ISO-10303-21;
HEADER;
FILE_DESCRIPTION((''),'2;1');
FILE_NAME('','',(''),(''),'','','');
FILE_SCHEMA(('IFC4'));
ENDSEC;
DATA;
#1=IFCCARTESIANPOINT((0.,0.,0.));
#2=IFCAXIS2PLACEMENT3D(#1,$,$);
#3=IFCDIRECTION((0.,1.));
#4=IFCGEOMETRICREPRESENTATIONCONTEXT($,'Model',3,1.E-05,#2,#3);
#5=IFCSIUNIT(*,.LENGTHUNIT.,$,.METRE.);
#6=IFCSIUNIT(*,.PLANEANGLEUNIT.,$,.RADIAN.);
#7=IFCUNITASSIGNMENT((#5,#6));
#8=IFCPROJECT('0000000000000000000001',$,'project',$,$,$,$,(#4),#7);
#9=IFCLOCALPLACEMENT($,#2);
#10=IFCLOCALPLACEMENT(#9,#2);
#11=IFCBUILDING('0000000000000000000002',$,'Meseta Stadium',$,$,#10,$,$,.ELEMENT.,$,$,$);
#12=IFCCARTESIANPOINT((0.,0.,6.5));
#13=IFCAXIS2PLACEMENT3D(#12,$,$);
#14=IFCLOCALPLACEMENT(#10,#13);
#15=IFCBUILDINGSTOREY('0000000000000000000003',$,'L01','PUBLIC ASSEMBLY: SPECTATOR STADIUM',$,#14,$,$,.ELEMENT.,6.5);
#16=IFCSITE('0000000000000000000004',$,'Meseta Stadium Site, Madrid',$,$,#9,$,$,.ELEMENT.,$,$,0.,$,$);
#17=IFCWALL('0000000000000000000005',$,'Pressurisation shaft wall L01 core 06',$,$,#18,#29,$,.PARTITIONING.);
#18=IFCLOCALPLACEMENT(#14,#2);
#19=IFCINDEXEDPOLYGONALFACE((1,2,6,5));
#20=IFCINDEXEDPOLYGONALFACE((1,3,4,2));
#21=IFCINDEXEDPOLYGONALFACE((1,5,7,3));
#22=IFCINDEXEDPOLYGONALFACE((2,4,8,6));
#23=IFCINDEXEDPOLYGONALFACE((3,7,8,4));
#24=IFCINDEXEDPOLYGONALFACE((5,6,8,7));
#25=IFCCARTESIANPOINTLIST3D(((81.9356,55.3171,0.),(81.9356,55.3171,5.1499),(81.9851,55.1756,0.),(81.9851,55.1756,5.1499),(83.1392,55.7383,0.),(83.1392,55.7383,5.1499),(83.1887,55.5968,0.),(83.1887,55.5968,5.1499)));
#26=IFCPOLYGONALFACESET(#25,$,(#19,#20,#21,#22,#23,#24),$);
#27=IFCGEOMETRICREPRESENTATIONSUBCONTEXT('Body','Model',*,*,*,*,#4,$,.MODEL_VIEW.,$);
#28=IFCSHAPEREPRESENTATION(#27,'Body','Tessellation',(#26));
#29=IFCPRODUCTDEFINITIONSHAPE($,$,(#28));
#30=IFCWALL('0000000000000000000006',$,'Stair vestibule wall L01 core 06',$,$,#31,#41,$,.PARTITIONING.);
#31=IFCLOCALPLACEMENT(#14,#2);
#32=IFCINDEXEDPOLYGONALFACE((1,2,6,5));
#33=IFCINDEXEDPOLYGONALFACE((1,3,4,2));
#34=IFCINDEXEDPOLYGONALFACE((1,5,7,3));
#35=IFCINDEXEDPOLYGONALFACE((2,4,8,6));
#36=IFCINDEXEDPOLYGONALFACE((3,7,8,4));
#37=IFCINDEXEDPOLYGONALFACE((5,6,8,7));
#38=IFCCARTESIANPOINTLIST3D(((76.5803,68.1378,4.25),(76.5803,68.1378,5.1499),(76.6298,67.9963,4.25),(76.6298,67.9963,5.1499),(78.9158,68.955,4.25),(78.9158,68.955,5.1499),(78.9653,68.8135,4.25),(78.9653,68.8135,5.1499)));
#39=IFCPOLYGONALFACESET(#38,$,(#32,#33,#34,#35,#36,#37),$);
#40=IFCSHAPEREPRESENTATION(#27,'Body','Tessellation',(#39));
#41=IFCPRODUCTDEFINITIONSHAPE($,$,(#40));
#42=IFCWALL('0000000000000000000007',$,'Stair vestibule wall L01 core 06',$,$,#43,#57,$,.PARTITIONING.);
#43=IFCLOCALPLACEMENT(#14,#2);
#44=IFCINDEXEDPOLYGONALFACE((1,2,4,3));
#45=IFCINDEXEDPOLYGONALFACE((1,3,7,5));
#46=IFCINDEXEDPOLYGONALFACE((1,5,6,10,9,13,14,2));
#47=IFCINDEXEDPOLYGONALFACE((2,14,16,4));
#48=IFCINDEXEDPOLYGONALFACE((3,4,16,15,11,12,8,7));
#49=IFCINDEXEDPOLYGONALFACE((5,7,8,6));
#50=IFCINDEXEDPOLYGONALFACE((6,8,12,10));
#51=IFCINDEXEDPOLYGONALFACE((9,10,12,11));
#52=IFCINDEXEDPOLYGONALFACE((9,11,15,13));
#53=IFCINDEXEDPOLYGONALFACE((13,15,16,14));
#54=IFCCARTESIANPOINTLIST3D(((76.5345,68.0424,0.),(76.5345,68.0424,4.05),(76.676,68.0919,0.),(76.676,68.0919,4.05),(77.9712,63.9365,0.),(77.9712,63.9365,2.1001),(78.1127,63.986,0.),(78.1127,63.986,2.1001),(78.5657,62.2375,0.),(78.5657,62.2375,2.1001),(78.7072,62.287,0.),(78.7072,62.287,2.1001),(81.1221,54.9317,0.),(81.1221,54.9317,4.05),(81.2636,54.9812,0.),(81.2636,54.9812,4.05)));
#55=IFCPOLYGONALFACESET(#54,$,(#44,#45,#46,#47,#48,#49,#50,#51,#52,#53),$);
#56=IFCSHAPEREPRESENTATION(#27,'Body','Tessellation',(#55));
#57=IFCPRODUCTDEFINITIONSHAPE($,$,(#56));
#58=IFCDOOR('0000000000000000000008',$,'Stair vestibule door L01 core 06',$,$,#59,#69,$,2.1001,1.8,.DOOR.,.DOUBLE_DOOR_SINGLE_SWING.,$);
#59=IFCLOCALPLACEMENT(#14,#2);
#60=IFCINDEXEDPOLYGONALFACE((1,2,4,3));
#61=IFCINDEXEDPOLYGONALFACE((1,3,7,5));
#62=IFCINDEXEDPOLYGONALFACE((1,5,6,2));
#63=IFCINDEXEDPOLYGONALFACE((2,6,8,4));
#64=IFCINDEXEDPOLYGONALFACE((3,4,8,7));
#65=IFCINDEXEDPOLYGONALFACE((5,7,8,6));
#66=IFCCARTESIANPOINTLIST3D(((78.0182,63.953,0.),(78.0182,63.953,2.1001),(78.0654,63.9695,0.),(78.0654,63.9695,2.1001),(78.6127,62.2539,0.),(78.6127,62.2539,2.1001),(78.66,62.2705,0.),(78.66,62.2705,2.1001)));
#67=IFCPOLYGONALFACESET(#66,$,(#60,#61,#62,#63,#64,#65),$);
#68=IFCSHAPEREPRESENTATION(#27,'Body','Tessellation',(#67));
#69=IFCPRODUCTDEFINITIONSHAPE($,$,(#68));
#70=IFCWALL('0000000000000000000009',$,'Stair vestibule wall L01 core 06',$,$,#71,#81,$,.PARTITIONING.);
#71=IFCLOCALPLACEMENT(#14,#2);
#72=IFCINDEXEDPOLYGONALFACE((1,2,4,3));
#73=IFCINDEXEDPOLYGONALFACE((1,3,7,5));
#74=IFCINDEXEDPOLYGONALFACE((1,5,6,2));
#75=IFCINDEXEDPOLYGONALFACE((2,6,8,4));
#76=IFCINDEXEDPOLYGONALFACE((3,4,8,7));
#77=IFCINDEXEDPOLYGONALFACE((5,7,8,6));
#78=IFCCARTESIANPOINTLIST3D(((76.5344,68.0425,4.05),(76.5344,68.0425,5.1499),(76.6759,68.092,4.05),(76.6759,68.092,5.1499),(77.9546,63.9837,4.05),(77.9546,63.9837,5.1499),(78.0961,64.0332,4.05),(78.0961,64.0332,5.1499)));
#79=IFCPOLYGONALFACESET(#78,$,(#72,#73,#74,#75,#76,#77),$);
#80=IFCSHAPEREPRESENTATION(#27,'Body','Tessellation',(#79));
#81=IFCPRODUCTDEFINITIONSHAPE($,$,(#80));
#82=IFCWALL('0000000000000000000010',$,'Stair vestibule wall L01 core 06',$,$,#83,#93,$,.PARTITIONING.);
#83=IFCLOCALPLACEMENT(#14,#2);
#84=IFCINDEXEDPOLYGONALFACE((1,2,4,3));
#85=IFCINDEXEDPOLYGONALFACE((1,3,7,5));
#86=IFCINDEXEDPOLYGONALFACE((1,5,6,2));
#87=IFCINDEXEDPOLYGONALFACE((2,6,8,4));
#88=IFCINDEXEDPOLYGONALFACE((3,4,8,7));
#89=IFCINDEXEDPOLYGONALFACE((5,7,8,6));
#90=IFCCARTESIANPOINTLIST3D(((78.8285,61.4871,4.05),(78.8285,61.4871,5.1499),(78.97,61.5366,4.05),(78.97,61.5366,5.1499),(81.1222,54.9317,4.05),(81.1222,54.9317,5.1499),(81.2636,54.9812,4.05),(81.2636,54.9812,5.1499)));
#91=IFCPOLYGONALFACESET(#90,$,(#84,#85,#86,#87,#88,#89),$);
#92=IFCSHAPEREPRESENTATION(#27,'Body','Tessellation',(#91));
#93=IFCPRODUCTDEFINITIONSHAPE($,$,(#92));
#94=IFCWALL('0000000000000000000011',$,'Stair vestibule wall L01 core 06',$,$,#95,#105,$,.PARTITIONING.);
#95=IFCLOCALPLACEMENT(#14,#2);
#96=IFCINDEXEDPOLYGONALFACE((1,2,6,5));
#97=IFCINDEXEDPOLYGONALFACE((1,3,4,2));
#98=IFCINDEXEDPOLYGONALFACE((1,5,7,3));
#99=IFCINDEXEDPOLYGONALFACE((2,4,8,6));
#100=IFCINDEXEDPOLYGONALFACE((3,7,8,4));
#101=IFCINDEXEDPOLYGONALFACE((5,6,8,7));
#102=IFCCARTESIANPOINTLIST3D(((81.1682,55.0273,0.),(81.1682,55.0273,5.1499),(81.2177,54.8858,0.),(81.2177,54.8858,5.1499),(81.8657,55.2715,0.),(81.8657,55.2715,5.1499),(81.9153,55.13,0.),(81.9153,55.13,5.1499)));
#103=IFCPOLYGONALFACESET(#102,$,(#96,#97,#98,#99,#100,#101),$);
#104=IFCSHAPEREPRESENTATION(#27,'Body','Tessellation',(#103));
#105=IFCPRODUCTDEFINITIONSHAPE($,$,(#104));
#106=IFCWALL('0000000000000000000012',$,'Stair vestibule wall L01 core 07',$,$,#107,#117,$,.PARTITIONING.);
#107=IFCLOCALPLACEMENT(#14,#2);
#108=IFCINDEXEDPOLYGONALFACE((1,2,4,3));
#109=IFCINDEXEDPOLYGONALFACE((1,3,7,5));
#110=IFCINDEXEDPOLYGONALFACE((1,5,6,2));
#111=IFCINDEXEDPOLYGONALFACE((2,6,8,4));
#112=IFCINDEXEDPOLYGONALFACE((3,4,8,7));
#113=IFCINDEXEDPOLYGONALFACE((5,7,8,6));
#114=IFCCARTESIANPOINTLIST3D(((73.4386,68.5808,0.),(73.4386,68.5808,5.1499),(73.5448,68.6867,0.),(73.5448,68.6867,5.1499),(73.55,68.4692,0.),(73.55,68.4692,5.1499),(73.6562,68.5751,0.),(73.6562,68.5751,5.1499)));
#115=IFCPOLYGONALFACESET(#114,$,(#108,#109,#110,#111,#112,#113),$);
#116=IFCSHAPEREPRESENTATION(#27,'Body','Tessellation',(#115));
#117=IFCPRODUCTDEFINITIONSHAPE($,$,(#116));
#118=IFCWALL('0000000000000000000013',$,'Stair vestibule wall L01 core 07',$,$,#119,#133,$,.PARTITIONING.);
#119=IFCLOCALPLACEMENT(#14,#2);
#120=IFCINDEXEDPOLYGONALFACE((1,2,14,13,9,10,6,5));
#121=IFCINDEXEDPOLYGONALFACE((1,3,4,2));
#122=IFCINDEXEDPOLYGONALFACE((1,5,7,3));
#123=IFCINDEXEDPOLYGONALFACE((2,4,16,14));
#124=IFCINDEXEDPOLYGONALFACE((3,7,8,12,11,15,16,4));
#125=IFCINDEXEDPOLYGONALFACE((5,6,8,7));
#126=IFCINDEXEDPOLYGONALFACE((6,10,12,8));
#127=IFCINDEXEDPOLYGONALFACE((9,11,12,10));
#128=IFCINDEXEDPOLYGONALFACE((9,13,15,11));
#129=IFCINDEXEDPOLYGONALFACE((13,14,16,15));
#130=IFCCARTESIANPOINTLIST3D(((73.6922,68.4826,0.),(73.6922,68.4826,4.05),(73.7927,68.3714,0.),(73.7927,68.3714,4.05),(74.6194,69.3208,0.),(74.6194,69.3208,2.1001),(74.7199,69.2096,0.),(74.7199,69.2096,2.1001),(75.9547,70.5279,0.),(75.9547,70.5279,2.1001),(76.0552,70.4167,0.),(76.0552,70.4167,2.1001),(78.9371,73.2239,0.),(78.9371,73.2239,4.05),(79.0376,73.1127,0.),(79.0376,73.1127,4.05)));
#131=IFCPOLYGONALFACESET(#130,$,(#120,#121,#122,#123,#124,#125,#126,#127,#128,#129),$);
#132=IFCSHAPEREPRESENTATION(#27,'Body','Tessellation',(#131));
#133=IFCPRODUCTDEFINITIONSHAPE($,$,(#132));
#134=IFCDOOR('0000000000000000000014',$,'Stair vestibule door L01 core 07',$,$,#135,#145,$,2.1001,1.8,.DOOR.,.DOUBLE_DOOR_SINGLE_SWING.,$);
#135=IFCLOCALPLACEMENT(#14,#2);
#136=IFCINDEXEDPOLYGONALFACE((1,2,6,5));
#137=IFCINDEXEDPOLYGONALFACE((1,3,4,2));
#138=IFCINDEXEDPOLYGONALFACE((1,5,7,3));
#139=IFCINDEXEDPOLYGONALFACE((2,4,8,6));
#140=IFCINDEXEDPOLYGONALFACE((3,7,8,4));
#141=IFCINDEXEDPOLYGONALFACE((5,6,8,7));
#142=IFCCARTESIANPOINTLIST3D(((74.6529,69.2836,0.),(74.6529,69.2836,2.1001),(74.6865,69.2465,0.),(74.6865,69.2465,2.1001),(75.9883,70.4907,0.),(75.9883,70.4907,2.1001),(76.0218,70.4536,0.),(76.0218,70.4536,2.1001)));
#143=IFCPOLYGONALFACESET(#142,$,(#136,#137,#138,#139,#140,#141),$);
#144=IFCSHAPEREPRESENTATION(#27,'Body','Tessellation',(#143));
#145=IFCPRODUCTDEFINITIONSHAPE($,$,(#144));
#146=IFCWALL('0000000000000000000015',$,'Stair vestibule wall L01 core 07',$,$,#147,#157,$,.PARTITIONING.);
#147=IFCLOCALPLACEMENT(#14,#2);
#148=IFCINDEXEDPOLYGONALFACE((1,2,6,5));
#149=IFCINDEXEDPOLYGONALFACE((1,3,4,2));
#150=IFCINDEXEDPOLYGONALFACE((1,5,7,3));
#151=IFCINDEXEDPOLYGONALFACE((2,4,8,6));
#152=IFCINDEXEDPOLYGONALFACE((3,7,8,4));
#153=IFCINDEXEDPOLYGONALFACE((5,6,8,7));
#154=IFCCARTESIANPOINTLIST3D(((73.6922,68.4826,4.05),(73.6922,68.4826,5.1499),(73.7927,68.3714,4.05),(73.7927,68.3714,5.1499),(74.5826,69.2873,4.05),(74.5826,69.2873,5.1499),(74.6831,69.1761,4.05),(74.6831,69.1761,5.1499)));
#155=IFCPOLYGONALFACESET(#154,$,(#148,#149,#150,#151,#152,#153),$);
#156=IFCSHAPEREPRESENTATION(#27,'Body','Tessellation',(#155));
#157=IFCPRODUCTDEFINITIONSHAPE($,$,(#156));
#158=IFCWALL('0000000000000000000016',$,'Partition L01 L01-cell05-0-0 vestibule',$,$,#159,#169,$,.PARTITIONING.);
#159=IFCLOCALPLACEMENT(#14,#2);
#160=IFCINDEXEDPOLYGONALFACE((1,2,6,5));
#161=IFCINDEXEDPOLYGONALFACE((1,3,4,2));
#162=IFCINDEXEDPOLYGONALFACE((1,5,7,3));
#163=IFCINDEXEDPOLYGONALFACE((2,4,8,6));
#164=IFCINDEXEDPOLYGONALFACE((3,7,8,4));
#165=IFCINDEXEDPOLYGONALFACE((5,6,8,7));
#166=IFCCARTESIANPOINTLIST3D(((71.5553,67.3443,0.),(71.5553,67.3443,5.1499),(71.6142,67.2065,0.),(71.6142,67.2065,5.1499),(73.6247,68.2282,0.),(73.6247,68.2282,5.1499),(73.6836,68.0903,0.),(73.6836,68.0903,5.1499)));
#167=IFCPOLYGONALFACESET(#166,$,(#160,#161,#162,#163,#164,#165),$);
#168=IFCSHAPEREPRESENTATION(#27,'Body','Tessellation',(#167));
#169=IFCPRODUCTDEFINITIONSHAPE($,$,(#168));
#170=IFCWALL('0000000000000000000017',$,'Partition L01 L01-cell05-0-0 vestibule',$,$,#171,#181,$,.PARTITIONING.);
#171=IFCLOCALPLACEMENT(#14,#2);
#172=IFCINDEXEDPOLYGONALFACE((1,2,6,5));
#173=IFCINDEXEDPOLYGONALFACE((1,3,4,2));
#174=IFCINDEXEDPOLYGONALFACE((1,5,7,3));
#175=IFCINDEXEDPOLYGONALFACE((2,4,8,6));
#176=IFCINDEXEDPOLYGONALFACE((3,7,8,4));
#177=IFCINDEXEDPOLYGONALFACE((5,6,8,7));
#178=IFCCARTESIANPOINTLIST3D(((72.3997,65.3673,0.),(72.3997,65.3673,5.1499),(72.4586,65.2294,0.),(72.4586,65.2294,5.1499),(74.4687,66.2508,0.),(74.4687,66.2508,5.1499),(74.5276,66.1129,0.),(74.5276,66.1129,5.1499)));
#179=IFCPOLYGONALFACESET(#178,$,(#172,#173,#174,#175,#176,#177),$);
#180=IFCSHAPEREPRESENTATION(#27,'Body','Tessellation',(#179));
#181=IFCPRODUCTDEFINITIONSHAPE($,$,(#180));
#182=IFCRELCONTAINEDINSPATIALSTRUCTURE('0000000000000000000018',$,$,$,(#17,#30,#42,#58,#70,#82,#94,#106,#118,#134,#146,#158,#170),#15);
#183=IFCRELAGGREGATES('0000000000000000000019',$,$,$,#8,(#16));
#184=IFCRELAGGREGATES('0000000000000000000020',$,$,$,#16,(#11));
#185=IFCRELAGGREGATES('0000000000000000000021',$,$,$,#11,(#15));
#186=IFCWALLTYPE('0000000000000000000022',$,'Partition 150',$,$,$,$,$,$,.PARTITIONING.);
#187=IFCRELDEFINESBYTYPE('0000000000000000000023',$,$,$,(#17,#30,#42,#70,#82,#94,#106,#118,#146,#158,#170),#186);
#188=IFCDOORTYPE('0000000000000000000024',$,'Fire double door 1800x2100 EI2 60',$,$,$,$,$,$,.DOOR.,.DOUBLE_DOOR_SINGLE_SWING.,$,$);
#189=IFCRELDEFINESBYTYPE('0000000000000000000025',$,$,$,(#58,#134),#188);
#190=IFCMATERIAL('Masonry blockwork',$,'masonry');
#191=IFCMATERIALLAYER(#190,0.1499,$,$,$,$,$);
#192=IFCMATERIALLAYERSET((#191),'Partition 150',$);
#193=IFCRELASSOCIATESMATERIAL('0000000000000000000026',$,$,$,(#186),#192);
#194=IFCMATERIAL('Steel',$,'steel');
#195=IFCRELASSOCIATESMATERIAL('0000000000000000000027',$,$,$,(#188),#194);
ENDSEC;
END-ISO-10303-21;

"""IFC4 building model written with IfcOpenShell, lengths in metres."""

from ifc_helpers import new_model, si_unit, direction, frame, frame_2d, origin, place, context, subcontext, project, spatial, rectangle, extrude, material, layer, layer_set, type_object, element, fill, save


model = new_model("IFC4")

# Units and contexts
model_context = context("Model", 3, precision=1e-05, world=origin(), true_north=direction((0.0, 1.0)))
body_context = subcontext(model_context, "Body", "Model", "MODEL_VIEW")
ifc_project = project(units=[si_unit("LENGTHUNIT", "METRE"), si_unit("PLANEANGLEUNIT", "RADIAN")], contexts=[model_context])

# Site, building, storey
site_placement = place(None, origin())
site = spatial("IfcSite", under=ifc_project, at=site_placement, Name="Meseta Stadium Site, Madrid", CompositionType="ELEMENT", RefElevation=0.0)
building_placement = place(site_placement, origin())
building = spatial("IfcBuilding", under=site, at=building_placement, Name="Meseta Stadium", CompositionType="ELEMENT")
storey_placement = place(building_placement, frame((0.0, 0.0, 6.5)))
storey = spatial("IfcBuildingStorey", under=building, at=storey_placement, Name="L01", Description="PUBLIC ASSEMBLY: SPECTATOR STADIUM", CompositionType="ELEMENT", Elevation=6.5)

# Shared definitions
ifc_material_1 = material(Name="Masonry blockwork", Category="masonry")
ifc_layer = layer(ifc_material_1, 0.1499)
ifc_layer_set = layer_set([ifc_layer], Name="Partition 150")
wall_type = type_object("IfcWallType", Name="Partition 150", PredefinedType="PARTITIONING", material=ifc_layer_set)

# Shared definitions
ifc_material_2 = material(Name="Steel", Category="steel")
door_type_1 = type_object("IfcDoorType", Name="Fire double door 1800x2100 EI2 60", OperationType="DOUBLE_DOOR_SINGLE_SWING", PredefinedType="DOOR", material=ifc_material_2)

# Walls
wall_1_placement = place(storey_placement, frame((81.9602, 55.2463, 0.0), z_axis=(0.0, 0.0, 1.0), x_axis=(0.943888, 0.330265, 0.0)))
element("IfcWall", 1, at=wall_1_placement, inside=storey, type_object=wall_type, Name="Pressurisation shaft wall L01 core 06", PredefinedType="PARTITIONING", context=body_context, shape_type="SweptSolid", body=[
    extrude(rectangle(XDim=1.2751, YDim=0.1499, at=frame_2d((0.6377, 0.0))), origin(), (0.0, 0.0, 1.0), 5.1499),
])
wall_2_placement = place(storey_placement, frame((78.9407, 68.8843, 4.25), z_axis=(0.0, 0.0, 1.0), x_axis=(-0.943892, -0.330254, 0.0)))
element("IfcWall", 2, at=wall_2_placement, inside=storey, type_object=wall_type, Name="Stair vestibule wall L01 core 06", PredefinedType="PARTITIONING", context=body_context, shape_type="SweptSolid", body=[
    extrude(rectangle(XDim=2.4744, YDim=0.1499, at=frame_2d((1.2373, 0.0))), origin(), (0.0, 0.0, 1.0), 0.8999),
])

# Wall, opening, door
wall_3_placement = place(storey_placement, frame((76.6052, 68.0671, 0.0), z_axis=(0.0, 0.0, 1.0), x_axis=(0.330282, -0.943882, 0.0)))
wall_3 = element("IfcWall", 3, at=wall_3_placement, inside=storey, type_object=wall_type, Name="Stair vestibule wall L01 core 06", PredefinedType="PARTITIONING", context=body_context, shape_type="SweptSolid", body=[
    extrude(rectangle(XDim=13.8901, YDim=0.1499, at=frame_2d((6.9451, 0.0))), origin(), (0.0, 0.0, 1.0), 4.05),
])
opening_1_placement = place(wall_3_placement, frame((4.3501, 0.0, 0.0)))
opening_1 = element("IfcOpeningElement", 4, at=opening_1_placement, cuts=wall_3, PredefinedType="OPENING", context=body_context, shape_type="SweptSolid", body=[
    extrude(rectangle(XDim=1.8, YDim=2.1001, at=frame_2d((0.8999, 1.05))), frame((0.0, 0.085, 0.0), z_axis=(0.0, -1.0, 0.0), x_axis=(1.0, 0.0, 0.0)), (0.0, 0.0, 1.0), 0.1699),
])
door_1_placement = place(opening_1_placement, origin())
door_1 = element("IfcDoor", 5, at=door_1_placement, inside=storey, type_object=door_type_1, Name="Stair vestibule door L01 core 06", OperationType="DOUBLE_DOOR_SINGLE_SWING", OverallHeight=2.1001, OverallWidth=1.8, PredefinedType="DOOR", context=body_context, shape_type="SweptSolid", body=[
    extrude(rectangle(XDim=1.8, YDim=2.1001, at=frame_2d((0.8999, 1.05))), frame((0.0, 0.0249, 0.0), z_axis=(0.0, -1.0, 0.0), x_axis=(1.0, 0.0, 0.0)), (0.0, 0.0, 1.0), 0.05),
])
fill(opening_1, door_1)

# Walls
wall_4_placement = place(storey_placement, frame((76.6052, 68.0671, 4.05), z_axis=(0.0, 0.0, 1.0), x_axis=(0.330262, -0.943889, 0.0)))
element("IfcWall", 6, at=wall_4_placement, inside=storey, type_object=wall_type, Name="Stair vestibule wall L01 core 06", PredefinedType="PARTITIONING", context=body_context, shape_type="SweptSolid", body=[
    extrude(rectangle(XDim=4.3, YDim=0.1499, at=frame_2d((2.1499, 0.0))), origin(), (0.0, 0.0, 1.0), 1.0999),
])
wall_5_placement = place(storey_placement, frame((78.8992, 61.512, 4.05), z_axis=(0.0, 0.0, 1.0), x_axis=(0.330261, -0.94389, 0.0)))
element("IfcWall", 7, at=wall_5_placement, inside=storey, type_object=wall_type, Name="Stair vestibule wall L01 core 06", PredefinedType="PARTITIONING", context=body_context, shape_type="SweptSolid", body=[
    extrude(rectangle(XDim=6.9451, YDim=0.1499, at=frame_2d((3.4727, 0.0))), origin(), (0.0, 0.0, 1.0), 1.0999),
])
wall_6_placement = place(storey_placement, frame((81.1929, 54.9565, 0.0), z_axis=(0.0, 0.0, 1.0), x_axis=(0.943853, 0.330365, 0.0)))
element("IfcWall", 8, at=wall_6_placement, inside=storey, type_object=wall_type, Name="Stair vestibule wall L01 core 06", PredefinedType="PARTITIONING", context=body_context, shape_type="SweptSolid", body=[
    extrude(rectangle(XDim=0.739, YDim=0.1499, at=frame_2d((0.3696, 0.0))), origin(), (0.0, 0.0, 1.0), 5.1499),
])
wall_7_placement = place(storey_placement, frame((73.4917, 68.6338, 0.0), z_axis=(0.0, 0.0, 1.0), x_axis=(0.706332, -0.707881, 0.0)))
element("IfcWall", 9, at=wall_7_placement, inside=storey, type_object=wall_type, Name="Stair vestibule wall L01 core 07", PredefinedType="PARTITIONING", context=body_context, shape_type="SweptSolid", body=[
    extrude(rectangle(XDim=0.1577, YDim=0.1499, at=frame_2d((0.0789, 0.0))), origin(), (0.0, 0.0, 1.0), 5.1499),
])

# Wall, opening, door
wall_8_placement = place(storey_placement, frame((73.7424, 68.427, 0.0), z_axis=(0.0, 0.0, 1.0), x_axis=(0.741828, 0.67059, 0.0)))
wall_8 = element("IfcWall", 10, at=wall_8_placement, inside=storey, type_object=wall_type, Name="Stair vestibule wall L01 core 07", PredefinedType="PARTITIONING", context=body_context, shape_type="SweptSolid", body=[
    extrude(rectangle(XDim=7.0703, YDim=0.1499, at=frame_2d((3.5352, 0.0))), origin(), (0.0, 0.0, 1.0), 4.05),
])
opening_2_placement = place(wall_8_placement, frame((1.25, 0.0, 0.0)))
opening_2 = element("IfcOpeningElement", 11, at=opening_2_placement, cuts=wall_8, PredefinedType="OPENING", context=body_context, shape_type="SweptSolid", body=[
    extrude(rectangle(XDim=1.8, YDim=2.1001, at=frame_2d((0.8999, 1.05))), frame((0.0, 0.085, 0.0), z_axis=(0.0, -1.0, 0.0), x_axis=(1.0, 0.0, 0.0)), (0.0, 0.0, 1.0), 0.1699),
])
door_2_placement = place(opening_2_placement, origin())
door_2 = element("IfcDoor", 12, at=door_2_placement, inside=storey, type_object=door_type_1, Name="Stair vestibule door L01 core 07", OperationType="DOUBLE_DOOR_SINGLE_SWING", OverallHeight=2.1001, OverallWidth=1.8, PredefinedType="DOOR", context=body_context, shape_type="SweptSolid", body=[
    extrude(rectangle(XDim=1.8, YDim=2.1001, at=frame_2d((0.8999, 1.05))), frame((0.0, 0.0249, 0.0), z_axis=(0.0, -1.0, 0.0), x_axis=(1.0, 0.0, 0.0)), (0.0, 0.0, 1.0), 0.05),
])
fill(opening_2, door_2)

# Walls
wall_9_placement = place(storey_placement, frame((73.7424, 68.427, 4.05), z_axis=(0.0, 0.0, 1.0), x_axis=(0.741907, 0.670503, 0.0)))
element("IfcWall", 13, at=wall_9_placement, inside=storey, type_object=wall_type, Name="Stair vestibule wall L01 core 07", PredefinedType="PARTITIONING", context=body_context, shape_type="SweptSolid", body=[
    extrude(rectangle(XDim=1.2002, YDim=0.1499, at=frame_2d((0.6001, 0.0))), origin(), (0.0, 0.0, 1.0), 1.0999),
])
wall_10_placement = place(storey_placement, frame((73.6541, 68.1592, 0.0), z_axis=(0.0, 0.0, 1.0), x_axis=(-0.919638, -0.392767, 0.0)))
element("IfcWall", 14, at=wall_10_placement, inside=storey, type_object=wall_type, Name="Partition L01 L01-cell05-0-0 vestibule", PredefinedType="PARTITIONING", context=body_context, shape_type="SweptSolid", body=[
    extrude(rectangle(XDim=2.2502, YDim=0.1499, at=frame_2d((1.125, 0.0))), origin(), (0.0, 0.0, 1.0), 5.1499),
])
wall_11_placement = place(storey_placement, frame((74.4983, 66.1819, 0.0), z_axis=(0.0, 0.0, 1.0), x_axis=(-0.919661, -0.392714, 0.0)))
element("IfcWall", 15, at=wall_11_placement, inside=storey, type_object=wall_type, Name="Partition L01 L01-cell05-0-0 vestibule", PredefinedType="PARTITIONING", context=body_context, shape_type="SweptSolid", body=[
    extrude(rectangle(XDim=2.2498, YDim=0.1499, at=frame_2d((1.125, 0.0))), origin(), (0.0, 0.0, 1.0), 5.1499),
])

save(model, "model.ifc")
